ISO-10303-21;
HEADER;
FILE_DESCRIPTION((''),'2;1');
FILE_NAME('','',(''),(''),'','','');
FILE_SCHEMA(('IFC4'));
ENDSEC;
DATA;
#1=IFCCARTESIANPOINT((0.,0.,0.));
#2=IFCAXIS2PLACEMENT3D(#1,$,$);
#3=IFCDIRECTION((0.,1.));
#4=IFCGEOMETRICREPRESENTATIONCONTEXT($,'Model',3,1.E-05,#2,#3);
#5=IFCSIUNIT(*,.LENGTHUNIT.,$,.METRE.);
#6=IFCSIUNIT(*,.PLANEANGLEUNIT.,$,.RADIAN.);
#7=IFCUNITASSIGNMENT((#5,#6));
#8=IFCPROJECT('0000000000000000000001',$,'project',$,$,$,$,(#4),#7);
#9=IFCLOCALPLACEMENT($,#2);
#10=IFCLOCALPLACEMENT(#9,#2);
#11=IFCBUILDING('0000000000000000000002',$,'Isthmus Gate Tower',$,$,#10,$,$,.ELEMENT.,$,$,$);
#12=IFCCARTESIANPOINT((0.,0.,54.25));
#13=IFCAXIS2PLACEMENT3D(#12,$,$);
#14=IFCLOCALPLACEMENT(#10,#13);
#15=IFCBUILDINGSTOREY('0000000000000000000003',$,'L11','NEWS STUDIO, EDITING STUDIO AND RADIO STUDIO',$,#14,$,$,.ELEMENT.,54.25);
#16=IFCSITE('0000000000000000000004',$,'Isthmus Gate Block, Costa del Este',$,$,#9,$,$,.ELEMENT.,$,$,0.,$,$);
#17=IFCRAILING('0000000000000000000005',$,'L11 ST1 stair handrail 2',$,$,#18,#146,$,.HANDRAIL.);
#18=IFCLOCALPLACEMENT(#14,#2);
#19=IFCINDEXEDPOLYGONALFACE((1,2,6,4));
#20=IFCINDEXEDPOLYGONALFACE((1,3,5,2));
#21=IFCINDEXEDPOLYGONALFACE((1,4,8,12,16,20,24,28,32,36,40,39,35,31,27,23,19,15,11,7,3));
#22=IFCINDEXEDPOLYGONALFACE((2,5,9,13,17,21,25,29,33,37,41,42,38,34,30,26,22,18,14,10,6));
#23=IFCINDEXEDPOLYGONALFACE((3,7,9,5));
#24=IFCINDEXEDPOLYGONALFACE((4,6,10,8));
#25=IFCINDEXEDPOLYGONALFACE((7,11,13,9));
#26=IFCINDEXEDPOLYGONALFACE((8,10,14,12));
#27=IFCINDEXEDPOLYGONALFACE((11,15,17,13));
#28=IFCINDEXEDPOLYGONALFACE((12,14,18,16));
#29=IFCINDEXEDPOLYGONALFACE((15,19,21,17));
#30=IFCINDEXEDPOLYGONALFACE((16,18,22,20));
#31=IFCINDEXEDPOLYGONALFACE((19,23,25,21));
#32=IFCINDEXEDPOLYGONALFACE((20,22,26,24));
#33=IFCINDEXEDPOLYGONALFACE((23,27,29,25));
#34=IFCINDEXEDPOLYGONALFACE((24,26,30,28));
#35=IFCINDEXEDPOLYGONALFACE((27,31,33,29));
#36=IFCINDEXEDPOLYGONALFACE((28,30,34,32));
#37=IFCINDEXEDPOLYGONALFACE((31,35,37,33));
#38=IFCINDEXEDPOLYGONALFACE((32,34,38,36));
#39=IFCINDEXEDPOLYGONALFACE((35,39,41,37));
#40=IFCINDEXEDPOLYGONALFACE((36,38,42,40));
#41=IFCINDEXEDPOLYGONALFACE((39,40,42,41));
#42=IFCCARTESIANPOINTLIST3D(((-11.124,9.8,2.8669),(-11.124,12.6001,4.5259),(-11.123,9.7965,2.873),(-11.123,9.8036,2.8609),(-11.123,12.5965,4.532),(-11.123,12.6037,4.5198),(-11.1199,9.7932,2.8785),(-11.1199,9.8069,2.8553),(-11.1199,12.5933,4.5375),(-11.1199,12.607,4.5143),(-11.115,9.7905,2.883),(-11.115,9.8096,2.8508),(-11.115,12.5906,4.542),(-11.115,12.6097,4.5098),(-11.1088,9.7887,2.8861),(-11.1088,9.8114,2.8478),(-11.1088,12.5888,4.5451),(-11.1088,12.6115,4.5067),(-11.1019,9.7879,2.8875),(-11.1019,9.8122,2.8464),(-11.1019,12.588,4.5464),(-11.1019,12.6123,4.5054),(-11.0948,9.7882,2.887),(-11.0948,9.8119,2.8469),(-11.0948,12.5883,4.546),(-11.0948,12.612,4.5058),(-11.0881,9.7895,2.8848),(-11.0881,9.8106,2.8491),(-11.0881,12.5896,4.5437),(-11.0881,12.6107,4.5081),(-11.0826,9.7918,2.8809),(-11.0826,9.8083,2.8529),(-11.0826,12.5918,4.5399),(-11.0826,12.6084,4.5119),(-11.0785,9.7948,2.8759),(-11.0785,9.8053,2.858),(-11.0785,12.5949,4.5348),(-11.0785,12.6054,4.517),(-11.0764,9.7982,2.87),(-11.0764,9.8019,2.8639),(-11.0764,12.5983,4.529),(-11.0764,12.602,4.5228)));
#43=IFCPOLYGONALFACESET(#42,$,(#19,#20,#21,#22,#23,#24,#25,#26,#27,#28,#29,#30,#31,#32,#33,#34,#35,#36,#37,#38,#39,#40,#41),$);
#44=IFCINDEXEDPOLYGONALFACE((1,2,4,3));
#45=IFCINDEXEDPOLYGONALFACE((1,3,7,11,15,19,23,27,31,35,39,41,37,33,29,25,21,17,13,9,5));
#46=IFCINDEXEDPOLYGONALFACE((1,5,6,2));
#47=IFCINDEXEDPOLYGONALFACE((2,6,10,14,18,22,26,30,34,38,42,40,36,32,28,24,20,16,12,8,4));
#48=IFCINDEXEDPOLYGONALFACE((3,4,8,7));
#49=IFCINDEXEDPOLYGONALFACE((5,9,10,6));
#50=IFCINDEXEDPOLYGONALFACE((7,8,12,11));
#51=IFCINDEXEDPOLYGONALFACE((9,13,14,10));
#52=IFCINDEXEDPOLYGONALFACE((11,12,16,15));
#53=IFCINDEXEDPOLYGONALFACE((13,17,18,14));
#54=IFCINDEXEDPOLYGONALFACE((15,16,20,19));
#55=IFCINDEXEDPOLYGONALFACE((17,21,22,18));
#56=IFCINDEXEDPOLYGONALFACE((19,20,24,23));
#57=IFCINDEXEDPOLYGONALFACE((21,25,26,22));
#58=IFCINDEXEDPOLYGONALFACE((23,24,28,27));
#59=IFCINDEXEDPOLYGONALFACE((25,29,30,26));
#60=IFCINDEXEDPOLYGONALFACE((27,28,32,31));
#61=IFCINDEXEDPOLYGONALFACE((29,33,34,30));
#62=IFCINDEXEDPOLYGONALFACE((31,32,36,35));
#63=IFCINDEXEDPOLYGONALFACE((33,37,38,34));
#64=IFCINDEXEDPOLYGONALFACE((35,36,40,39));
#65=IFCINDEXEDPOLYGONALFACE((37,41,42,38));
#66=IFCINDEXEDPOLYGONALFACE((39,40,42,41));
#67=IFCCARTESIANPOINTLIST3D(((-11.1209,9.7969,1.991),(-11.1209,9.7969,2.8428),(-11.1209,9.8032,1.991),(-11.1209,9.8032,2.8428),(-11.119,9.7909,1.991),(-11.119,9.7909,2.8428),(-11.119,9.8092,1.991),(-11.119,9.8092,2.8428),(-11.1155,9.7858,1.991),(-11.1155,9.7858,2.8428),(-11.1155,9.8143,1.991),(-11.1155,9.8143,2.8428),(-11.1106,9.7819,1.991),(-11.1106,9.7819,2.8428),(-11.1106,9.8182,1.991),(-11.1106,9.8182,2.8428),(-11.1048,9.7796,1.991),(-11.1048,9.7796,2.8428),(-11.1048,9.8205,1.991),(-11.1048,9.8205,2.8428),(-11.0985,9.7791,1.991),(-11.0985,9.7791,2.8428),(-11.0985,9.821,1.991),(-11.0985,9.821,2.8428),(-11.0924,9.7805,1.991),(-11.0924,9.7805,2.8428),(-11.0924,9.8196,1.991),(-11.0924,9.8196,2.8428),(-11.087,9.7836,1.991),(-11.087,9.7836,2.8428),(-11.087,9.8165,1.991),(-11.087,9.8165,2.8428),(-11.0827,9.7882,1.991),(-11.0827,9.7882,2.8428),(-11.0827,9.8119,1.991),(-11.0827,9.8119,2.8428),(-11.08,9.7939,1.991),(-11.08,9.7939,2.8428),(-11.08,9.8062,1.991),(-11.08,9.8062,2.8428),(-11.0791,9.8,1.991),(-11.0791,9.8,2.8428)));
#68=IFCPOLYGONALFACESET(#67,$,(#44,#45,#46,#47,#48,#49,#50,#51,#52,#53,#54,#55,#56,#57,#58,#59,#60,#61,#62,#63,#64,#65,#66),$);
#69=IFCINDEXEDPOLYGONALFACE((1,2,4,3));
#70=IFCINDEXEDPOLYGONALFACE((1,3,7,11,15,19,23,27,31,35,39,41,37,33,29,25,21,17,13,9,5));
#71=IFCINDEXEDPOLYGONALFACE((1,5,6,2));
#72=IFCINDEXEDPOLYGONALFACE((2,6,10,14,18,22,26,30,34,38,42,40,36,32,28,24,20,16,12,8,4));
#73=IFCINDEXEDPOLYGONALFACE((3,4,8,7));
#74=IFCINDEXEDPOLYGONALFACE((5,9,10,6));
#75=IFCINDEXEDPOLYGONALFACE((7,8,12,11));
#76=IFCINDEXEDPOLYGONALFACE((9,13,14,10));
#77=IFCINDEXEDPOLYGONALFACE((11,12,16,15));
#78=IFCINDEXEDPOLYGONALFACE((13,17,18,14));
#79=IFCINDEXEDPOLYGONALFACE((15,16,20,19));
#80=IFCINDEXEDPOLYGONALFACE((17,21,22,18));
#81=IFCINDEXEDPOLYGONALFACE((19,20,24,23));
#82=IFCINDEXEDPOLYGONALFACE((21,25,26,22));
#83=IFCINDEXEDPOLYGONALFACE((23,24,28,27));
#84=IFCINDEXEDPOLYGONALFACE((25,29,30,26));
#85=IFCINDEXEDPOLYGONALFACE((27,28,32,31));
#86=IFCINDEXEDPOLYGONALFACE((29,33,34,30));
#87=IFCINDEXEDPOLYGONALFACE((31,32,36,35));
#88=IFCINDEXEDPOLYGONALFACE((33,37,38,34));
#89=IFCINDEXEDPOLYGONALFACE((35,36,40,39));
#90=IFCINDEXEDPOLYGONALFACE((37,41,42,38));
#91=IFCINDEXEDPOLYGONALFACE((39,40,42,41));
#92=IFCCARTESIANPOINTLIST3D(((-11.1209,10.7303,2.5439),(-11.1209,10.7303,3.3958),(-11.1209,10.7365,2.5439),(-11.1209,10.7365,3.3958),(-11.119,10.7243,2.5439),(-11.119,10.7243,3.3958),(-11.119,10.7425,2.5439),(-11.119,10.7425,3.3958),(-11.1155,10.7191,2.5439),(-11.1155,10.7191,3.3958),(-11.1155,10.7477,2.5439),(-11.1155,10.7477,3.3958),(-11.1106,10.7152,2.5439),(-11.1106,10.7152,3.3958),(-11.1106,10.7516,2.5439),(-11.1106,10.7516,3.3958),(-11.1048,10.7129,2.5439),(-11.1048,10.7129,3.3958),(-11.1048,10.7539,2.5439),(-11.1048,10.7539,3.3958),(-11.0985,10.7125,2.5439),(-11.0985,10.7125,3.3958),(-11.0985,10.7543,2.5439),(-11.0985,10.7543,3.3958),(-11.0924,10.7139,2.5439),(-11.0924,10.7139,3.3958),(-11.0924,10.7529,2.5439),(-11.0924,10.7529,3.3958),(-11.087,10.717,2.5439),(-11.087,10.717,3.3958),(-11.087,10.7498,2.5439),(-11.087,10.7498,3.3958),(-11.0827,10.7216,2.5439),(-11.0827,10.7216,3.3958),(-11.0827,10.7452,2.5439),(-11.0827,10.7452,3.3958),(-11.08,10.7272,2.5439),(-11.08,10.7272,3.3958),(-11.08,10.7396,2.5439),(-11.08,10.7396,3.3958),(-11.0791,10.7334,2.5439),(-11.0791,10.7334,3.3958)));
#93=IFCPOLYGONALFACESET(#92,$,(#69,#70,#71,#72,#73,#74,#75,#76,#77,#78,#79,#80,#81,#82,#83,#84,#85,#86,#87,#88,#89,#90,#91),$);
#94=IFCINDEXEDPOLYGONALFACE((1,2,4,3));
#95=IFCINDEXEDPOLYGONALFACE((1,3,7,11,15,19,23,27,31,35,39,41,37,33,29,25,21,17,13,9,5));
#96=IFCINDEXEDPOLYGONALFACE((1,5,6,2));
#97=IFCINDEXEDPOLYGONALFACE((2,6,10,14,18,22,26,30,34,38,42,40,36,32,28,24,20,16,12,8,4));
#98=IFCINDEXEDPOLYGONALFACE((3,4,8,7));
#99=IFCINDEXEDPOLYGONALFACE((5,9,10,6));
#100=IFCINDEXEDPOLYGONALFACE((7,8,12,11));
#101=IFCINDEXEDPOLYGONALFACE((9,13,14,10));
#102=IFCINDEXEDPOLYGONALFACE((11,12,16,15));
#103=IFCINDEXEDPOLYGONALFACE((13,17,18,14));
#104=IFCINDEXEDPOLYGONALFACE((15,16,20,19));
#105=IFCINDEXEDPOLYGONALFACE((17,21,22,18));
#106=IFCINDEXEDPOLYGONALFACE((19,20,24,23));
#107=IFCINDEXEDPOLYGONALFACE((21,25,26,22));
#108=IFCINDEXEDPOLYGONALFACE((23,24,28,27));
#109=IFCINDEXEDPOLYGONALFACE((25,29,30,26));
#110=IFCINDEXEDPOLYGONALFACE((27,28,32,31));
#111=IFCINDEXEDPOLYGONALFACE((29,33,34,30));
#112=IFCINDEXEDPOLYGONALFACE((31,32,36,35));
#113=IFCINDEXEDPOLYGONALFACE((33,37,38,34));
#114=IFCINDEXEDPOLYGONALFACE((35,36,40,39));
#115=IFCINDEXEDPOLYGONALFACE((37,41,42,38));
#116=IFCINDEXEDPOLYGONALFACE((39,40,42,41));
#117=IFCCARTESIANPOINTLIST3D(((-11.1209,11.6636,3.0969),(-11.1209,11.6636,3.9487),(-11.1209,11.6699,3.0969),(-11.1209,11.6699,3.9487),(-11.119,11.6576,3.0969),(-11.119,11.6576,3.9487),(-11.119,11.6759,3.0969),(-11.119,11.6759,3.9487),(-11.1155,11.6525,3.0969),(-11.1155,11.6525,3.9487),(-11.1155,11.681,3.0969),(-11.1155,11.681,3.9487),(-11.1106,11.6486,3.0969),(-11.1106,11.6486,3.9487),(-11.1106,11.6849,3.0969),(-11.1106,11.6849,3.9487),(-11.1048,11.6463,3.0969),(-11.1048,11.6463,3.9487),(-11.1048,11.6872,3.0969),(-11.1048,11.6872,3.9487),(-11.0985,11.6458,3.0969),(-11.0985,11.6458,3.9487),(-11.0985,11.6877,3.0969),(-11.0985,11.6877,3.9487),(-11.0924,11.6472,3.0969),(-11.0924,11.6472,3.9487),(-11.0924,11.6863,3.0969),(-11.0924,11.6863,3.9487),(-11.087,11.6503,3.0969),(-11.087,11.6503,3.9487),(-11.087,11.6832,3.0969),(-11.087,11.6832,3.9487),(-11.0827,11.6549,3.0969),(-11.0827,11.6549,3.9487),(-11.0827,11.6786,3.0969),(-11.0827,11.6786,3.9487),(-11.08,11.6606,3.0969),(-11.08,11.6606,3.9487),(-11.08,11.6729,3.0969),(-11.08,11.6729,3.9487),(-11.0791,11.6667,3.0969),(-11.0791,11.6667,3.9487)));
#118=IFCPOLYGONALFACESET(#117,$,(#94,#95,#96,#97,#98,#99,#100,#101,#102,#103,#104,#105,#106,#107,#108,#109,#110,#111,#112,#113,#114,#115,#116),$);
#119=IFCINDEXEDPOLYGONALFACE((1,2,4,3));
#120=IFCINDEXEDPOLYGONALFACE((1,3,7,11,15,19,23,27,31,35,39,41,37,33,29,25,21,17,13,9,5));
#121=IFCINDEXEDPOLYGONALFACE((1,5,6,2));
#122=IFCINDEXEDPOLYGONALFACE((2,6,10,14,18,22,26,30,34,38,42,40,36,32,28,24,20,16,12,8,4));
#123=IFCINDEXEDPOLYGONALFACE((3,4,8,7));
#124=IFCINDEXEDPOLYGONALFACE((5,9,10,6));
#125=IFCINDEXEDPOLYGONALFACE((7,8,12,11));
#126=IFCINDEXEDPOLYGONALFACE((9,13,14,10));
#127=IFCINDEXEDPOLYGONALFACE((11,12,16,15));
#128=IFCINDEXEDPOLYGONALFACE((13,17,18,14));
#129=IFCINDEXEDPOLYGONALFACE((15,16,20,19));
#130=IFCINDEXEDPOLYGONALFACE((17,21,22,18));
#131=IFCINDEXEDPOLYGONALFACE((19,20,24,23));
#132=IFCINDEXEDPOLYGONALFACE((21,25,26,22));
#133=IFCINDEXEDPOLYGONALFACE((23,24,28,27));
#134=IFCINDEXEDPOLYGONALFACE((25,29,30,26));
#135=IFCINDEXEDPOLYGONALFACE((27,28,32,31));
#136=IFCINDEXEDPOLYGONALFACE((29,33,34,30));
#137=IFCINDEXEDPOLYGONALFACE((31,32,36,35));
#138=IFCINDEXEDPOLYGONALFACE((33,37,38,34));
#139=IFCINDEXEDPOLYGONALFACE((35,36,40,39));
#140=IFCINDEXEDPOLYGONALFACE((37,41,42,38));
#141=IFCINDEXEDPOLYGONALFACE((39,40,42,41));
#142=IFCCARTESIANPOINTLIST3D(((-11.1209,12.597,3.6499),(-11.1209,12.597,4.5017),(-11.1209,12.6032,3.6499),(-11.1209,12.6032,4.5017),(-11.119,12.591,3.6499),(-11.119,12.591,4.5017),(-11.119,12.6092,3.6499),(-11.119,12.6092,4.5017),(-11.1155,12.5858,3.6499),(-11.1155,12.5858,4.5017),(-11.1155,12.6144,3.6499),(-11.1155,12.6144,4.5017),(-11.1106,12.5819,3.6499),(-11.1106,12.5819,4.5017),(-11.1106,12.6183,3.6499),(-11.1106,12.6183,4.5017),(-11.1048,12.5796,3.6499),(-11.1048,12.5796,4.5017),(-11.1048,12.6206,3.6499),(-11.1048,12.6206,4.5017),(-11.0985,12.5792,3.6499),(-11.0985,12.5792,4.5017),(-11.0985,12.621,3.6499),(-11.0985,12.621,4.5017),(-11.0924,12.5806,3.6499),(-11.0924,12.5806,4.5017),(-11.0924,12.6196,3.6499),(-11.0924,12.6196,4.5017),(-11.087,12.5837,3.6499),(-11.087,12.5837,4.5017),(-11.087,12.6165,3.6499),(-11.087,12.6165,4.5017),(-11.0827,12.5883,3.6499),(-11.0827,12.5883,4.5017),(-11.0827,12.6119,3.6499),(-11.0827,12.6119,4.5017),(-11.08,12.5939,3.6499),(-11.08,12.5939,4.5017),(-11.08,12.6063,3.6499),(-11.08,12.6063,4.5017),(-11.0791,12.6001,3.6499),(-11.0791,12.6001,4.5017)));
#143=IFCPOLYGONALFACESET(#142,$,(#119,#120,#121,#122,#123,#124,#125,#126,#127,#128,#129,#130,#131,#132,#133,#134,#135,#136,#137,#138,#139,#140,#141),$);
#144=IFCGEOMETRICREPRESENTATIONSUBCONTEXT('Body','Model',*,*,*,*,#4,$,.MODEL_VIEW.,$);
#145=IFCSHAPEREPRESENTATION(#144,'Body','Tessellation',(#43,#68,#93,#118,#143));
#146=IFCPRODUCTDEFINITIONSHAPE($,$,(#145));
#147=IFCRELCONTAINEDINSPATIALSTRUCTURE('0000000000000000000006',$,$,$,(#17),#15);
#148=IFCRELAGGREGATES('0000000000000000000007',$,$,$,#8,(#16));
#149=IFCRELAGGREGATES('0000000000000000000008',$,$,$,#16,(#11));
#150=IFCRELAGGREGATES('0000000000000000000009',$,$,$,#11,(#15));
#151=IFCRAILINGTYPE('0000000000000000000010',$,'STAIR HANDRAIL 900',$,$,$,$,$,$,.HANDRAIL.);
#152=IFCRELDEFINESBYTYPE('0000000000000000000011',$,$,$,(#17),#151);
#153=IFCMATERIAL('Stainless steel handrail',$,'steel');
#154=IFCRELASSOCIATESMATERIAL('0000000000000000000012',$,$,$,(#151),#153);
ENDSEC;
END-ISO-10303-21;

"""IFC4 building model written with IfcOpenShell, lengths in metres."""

from ifc_helpers import new_model, si_unit, direction, frame, origin, origin_2d, place, context, subcontext, project, spatial, circle, extrude, material, type_object, element, save


model = new_model("IFC4")

# Units and contexts
model_context = context("Model", 3, precision=1e-05, world=origin(), true_north=direction((0.0, 1.0)))
body_context = subcontext(model_context, "Body", "Model", "MODEL_VIEW")
ifc_project = project(units=[si_unit("LENGTHUNIT", "METRE"), si_unit("PLANEANGLEUNIT", "RADIAN")], contexts=[model_context])

# Site, building, storey
site_placement = place(None, origin())
site = spatial("IfcSite", under=ifc_project, at=site_placement, Name="Isthmus Gate Block, Costa del Este", CompositionType="ELEMENT", RefElevation=0.0)
building_placement = place(site_placement, origin())
building = spatial("IfcBuilding", under=site, at=building_placement, Name="Isthmus Gate Tower", CompositionType="ELEMENT")
storey_placement = place(building_placement, frame((0.0, 0.0, 54.25)))
storey = spatial("IfcBuildingStorey", under=building, at=storey_placement, Name="L11", Description="NEWS STUDIO, EDITING STUDIO AND RADIO STUDIO", CompositionType="ELEMENT", Elevation=54.25)

# Railing
ifc_material_1 = material(Name="Stainless steel handrail", Category="steel")
railing_type_1 = type_object("IfcRailingType", Name="STAIR HANDRAIL 900", PredefinedType="HANDRAIL", material=ifc_material_1)
railing_1_placement = place(storey_placement, frame((-11.1001, 9.8, 1.991)))
element("IfcRailing", 1, at=railing_1_placement, inside=storey, type_object=railing_type_1, Name="L11 ST1 stair handrail 2", PredefinedType="HANDRAIL", context=body_context, shape_type="SweptSolid", body=[
    extrude(circle(Radius=0.0239, at=origin_2d()), frame((0.0, 0.0, 0.876), z_axis=(0.0, 0.860339, 0.509722), x_axis=(-1.0, 0.0, 0.0)), (0.0, 0.0, 1.0), 3.2546),
    extrude(circle(Radius=0.021, at=origin_2d()), origin(), (0.0, 0.0, 1.0), 0.8518),
    extrude(circle(Radius=0.021, at=origin_2d()), frame((0.0, 0.9333, 0.553)), (0.0, 0.0, 1.0), 0.8518),
    extrude(circle(Radius=0.021, at=origin_2d()), frame((0.0, 1.8667, 1.106)), (0.0, 0.0, 1.0), 0.8518),
    extrude(circle(Radius=0.021, at=origin_2d()), frame((0.0, 2.8, 1.6589)), (0.0, 0.0, 1.0), 0.8518),
])

save(model, "model.ifc")
